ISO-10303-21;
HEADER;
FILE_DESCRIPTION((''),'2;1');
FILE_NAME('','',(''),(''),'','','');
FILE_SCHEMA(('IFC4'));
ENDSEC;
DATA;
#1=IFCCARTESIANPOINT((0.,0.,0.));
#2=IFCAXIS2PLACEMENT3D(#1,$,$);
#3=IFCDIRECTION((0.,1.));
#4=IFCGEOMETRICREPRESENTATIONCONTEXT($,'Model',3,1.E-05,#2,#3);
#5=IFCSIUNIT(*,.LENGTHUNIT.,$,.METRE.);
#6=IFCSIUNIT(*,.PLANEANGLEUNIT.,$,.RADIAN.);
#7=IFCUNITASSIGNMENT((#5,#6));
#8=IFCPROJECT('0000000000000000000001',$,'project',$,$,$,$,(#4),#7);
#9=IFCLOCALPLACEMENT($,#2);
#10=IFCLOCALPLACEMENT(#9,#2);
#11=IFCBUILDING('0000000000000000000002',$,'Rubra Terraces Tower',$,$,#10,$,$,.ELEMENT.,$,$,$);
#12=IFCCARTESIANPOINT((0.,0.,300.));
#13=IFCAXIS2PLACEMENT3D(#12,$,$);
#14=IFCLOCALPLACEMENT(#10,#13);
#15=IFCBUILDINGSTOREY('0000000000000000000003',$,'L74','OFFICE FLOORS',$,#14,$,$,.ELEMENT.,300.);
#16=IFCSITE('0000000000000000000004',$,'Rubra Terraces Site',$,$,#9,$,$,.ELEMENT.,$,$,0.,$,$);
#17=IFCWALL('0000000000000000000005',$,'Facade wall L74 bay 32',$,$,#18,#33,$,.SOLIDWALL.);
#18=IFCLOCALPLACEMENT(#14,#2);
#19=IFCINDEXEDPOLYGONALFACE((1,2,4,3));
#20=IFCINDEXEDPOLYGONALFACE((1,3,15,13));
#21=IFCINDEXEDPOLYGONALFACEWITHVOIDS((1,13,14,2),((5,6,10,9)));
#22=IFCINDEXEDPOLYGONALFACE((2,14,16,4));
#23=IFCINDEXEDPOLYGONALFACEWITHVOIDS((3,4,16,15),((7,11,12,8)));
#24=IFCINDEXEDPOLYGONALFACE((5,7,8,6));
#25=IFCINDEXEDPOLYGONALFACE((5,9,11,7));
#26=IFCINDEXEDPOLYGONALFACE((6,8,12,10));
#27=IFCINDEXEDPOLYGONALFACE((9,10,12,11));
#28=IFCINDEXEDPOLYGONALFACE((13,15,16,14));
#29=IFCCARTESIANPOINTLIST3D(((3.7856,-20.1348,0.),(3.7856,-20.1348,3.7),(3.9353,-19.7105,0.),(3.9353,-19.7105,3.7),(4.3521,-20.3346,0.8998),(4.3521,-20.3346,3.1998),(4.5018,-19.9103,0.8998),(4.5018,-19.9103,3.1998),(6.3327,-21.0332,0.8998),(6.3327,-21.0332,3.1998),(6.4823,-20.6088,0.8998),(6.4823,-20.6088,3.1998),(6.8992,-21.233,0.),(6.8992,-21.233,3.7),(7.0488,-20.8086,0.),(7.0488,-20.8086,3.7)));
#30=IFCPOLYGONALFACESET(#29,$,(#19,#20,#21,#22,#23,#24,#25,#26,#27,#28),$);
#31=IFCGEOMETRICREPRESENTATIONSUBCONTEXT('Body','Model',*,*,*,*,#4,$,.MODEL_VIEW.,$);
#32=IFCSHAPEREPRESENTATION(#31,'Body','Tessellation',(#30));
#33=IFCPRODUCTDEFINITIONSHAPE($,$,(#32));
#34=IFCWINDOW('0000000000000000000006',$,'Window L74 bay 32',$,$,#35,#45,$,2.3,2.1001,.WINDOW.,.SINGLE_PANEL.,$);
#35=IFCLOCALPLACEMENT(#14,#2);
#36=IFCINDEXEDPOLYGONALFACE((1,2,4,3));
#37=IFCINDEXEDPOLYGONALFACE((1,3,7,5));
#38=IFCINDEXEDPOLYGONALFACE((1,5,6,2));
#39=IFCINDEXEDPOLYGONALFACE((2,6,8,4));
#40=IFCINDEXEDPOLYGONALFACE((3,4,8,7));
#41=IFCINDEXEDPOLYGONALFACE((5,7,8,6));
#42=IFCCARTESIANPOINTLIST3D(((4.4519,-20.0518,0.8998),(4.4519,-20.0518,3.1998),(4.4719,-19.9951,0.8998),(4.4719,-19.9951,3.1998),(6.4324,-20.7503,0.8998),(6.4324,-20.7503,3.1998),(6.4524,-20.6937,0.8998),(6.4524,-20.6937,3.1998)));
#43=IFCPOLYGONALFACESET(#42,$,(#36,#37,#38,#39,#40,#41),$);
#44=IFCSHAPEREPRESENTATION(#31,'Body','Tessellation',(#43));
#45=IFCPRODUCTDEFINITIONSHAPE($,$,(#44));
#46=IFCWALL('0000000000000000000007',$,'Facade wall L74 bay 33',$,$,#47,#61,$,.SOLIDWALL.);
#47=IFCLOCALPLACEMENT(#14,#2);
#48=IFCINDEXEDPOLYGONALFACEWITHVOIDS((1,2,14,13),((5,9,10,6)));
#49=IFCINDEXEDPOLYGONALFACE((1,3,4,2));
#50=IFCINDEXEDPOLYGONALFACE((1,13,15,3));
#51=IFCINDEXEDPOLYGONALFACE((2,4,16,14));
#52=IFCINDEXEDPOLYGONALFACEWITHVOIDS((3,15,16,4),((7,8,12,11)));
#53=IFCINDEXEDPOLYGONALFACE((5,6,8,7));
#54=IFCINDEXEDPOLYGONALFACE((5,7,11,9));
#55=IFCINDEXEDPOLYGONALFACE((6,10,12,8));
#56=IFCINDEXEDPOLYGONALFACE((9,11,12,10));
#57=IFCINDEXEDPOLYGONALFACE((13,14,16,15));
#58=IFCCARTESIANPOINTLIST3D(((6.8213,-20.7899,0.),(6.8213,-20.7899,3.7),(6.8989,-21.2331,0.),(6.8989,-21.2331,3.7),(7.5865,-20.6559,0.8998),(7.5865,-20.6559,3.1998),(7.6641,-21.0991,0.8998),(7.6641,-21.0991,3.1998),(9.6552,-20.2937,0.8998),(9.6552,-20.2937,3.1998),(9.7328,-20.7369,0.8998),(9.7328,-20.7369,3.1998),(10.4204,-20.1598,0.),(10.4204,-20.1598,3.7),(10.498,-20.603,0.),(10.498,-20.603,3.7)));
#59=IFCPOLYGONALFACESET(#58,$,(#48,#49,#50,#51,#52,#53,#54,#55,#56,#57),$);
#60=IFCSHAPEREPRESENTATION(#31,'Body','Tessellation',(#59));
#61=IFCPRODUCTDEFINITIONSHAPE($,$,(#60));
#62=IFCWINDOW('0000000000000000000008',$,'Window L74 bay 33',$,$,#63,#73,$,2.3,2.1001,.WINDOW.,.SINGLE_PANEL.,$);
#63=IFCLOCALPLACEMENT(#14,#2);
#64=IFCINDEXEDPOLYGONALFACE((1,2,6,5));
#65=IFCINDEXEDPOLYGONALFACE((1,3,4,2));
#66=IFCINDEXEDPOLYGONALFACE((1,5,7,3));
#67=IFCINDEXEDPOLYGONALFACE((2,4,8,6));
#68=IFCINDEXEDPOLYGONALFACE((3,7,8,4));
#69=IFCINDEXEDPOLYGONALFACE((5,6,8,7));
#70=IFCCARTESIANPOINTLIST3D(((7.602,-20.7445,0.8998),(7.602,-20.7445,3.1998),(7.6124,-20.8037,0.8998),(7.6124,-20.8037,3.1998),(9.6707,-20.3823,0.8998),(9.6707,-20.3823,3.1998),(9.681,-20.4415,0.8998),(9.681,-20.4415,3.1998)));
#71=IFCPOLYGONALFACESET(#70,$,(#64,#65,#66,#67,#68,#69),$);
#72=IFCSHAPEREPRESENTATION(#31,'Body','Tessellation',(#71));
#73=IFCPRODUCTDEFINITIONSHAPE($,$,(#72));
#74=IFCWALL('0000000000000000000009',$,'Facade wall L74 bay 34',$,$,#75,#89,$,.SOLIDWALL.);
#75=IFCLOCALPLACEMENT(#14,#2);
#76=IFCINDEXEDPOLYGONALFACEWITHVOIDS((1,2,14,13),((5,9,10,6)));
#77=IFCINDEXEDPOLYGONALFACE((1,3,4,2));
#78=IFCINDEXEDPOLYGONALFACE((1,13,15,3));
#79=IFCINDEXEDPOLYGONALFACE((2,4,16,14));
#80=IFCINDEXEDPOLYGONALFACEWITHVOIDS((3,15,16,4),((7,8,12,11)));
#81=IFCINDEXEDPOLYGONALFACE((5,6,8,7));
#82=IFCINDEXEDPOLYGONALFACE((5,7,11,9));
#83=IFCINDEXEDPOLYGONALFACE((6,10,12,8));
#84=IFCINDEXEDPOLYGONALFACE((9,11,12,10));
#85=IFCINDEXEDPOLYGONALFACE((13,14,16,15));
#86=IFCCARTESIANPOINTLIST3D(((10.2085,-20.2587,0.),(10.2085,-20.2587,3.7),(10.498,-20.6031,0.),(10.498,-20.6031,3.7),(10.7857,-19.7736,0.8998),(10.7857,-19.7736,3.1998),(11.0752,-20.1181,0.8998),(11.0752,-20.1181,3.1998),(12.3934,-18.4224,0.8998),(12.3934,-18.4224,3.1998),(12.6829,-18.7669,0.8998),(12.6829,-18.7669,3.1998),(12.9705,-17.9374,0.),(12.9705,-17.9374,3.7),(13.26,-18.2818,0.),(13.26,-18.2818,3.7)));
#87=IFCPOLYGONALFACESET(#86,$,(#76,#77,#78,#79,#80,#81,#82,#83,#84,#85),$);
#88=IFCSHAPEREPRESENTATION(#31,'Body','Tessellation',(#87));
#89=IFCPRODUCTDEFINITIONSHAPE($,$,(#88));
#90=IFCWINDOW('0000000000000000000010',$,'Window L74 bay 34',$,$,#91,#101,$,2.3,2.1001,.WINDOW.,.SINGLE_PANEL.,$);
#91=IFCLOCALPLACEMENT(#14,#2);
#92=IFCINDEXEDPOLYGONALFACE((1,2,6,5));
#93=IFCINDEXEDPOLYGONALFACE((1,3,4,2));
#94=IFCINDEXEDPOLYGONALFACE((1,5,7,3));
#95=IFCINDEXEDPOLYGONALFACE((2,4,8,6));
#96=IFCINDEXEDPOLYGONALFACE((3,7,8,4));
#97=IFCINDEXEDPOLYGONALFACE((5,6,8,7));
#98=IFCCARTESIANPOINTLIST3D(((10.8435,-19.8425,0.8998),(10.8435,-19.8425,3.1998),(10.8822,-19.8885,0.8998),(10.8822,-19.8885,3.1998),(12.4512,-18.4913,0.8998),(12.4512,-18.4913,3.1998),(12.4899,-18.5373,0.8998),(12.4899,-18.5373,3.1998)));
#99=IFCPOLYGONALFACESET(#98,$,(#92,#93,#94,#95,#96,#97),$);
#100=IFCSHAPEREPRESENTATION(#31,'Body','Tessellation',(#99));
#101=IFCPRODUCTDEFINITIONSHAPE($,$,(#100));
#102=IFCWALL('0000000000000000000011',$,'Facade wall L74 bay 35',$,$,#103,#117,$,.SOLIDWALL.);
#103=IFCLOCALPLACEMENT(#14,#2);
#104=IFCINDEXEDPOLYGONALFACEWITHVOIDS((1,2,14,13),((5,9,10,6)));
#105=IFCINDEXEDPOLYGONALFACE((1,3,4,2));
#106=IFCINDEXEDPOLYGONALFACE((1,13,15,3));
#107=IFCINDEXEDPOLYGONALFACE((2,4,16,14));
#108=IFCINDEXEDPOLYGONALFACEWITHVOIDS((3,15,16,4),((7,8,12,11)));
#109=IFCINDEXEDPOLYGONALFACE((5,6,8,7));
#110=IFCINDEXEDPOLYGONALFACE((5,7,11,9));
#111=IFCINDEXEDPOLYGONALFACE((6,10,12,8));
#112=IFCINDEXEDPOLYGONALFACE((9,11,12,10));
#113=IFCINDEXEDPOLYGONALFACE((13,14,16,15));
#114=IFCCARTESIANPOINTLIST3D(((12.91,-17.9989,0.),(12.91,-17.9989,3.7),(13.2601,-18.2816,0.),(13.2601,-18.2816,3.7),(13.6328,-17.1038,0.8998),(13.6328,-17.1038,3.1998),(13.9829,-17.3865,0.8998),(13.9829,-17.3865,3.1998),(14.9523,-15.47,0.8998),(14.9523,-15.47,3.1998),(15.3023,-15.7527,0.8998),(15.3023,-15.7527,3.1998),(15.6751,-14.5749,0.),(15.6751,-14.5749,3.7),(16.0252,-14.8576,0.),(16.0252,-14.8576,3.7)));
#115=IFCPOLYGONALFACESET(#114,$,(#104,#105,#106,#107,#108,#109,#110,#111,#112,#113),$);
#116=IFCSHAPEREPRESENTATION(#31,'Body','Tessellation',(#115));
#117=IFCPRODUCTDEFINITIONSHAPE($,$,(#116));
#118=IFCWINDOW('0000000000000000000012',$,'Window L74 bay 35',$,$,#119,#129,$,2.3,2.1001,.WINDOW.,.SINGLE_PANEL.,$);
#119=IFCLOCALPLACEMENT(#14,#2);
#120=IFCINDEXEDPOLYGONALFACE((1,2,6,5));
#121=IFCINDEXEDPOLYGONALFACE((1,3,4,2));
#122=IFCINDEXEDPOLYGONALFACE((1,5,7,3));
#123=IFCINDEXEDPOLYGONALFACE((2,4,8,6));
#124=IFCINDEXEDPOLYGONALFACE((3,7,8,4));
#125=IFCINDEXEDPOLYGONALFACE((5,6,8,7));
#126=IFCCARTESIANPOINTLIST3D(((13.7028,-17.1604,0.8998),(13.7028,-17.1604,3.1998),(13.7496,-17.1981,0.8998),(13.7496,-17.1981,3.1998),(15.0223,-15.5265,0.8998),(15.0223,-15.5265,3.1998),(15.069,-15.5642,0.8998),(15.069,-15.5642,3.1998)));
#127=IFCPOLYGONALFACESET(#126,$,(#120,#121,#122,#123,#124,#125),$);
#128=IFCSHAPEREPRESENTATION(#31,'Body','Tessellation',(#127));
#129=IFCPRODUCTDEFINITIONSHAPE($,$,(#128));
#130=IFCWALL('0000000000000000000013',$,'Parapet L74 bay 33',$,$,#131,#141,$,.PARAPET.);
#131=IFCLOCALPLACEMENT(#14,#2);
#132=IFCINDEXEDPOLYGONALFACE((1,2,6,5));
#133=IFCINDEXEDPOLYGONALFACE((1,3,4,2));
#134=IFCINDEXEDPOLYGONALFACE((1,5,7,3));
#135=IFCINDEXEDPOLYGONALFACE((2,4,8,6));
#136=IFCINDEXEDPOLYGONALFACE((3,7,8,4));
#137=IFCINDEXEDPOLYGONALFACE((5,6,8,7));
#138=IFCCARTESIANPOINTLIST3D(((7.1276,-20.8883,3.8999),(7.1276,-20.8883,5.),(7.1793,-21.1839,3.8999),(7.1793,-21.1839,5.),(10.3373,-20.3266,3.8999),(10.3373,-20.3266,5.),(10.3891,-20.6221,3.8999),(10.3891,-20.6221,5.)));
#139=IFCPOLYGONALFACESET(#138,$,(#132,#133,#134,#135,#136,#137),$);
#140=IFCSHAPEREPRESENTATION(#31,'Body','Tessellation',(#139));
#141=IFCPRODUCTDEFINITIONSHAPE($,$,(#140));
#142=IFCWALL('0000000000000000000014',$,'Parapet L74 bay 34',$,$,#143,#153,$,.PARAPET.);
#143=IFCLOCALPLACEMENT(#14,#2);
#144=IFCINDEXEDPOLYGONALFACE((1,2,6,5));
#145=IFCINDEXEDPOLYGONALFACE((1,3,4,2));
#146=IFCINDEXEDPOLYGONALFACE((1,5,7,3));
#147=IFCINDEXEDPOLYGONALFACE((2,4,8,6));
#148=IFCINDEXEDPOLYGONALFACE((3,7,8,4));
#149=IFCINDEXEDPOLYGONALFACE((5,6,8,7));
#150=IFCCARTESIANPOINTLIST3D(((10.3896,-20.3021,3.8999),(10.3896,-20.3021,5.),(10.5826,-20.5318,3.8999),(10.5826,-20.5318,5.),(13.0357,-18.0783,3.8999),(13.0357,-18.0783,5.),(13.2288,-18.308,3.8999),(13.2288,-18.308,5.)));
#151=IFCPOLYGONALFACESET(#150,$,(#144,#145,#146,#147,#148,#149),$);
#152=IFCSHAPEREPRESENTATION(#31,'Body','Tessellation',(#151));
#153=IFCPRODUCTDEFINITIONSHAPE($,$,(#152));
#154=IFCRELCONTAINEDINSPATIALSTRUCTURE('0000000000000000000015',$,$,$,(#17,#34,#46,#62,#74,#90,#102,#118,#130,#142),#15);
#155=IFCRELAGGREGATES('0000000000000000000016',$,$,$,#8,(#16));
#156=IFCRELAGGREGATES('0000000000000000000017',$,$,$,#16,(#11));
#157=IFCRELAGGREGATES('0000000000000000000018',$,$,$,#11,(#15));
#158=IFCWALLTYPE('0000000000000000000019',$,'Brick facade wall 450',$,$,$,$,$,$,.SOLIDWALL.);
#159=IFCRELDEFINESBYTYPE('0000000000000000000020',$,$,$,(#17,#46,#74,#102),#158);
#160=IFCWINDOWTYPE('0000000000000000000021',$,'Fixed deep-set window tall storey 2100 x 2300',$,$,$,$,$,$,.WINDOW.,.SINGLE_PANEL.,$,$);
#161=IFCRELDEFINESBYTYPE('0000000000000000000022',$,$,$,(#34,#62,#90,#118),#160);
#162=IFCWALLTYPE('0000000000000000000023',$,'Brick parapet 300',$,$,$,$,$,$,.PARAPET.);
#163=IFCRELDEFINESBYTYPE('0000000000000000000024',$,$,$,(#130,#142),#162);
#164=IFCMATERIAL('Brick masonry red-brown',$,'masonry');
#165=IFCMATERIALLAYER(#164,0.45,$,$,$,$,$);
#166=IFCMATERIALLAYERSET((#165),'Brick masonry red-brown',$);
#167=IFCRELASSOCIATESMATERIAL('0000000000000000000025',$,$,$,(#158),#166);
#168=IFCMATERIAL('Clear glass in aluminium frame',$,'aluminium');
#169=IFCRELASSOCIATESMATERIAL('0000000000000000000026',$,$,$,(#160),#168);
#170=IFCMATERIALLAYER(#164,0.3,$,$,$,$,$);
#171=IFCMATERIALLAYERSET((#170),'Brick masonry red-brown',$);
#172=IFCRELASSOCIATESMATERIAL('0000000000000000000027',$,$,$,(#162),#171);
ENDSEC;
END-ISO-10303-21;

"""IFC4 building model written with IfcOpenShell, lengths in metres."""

from ifc_helpers import new_model, si_unit, direction, frame, frame_2d, origin, place, context, subcontext, project, spatial, rectangle, extrude, material, layer, layer_set, type_object, element, fill, save


model = new_model("IFC4")

# Units and contexts
model_context = context("Model", 3, precision=1e-05, world=origin(), true_north=direction((0.0, 1.0)))
body_context = subcontext(model_context, "Body", "Model", "MODEL_VIEW")
ifc_project = project(units=[si_unit("LENGTHUNIT", "METRE"), si_unit("PLANEANGLEUNIT", "RADIAN")], contexts=[model_context])

# Site, building, storey
site_placement = place(None, origin())
site = spatial("IfcSite", under=ifc_project, at=site_placement, Name="Rubra Terraces Site", CompositionType="ELEMENT", RefElevation=0.0)
building_placement = place(site_placement, origin())
building = spatial("IfcBuilding", under=site, at=building_placement, Name="Rubra Terraces Tower", CompositionType="ELEMENT")
storey_placement = place(building_placement, frame((0.0, 0.0, 300.0)))
storey = spatial("IfcBuildingStorey", under=building, at=storey_placement, Name="L74", Description="OFFICE FLOORS", CompositionType="ELEMENT", Elevation=300.0)

# Walls, openings, windows
ifc_material_1 = material(Name="Brick masonry red-brown", Category="masonry")
ifc_layer_1 = layer(ifc_material_1, 0.45)
ifc_layer_set_1 = layer_set([ifc_layer_1], Name="Brick masonry red-brown")
wall_type_1 = type_object("IfcWallType", Name="Brick facade wall 450", PredefinedType="SOLIDWALL", material=ifc_layer_set_1)
wall_1_placement = place(storey_placement, frame((3.8604, -19.9226, 0.0), z_axis=(0.0, 0.0, 1.0), x_axis=(0.943061, -0.332619, 0.0)))
wall_1 = element("IfcWall", 1, at=wall_1_placement, inside=storey, type_object=wall_type_1, Name="Facade wall L74 bay 32", PredefinedType="SOLIDWALL", context=body_context, shape_type="SweptSolid", body=[
    extrude(rectangle(XDim=3.3015, YDim=0.45, at=frame_2d((1.6509, 0.0))), origin(), (0.0, 0.0, 1.0), 3.7),
])
opening_1_placement = place(wall_1_placement, frame((0.6008, 0.0, 0.8999)))
opening_1 = element("IfcOpeningElement", 2, at=opening_1_placement, cuts=wall_1, PredefinedType="OPENING", context=body_context, shape_type="SweptSolid", body=[
    extrude(rectangle(XDim=2.1001, YDim=2.3, at=frame_2d((1.05, 1.1499))), frame((0.0, 0.2349, 0.0), z_axis=(0.0, -1.0, 0.0), x_axis=(1.0, 0.0, 0.0)), (0.0, 0.0, 1.0), 0.47),
])
ifc_material_2 = material(Name="Clear glass in aluminium frame", Category="aluminium")
window_type = type_object("IfcWindowType", Name="Fixed deep-set window tall storey 2100 x 2300", PartitioningType="SINGLE_PANEL", PredefinedType="WINDOW", material=ifc_material_2)
window_1_placement = place(opening_1_placement, origin())
window_1 = element("IfcWindow", 3, at=window_1_placement, inside=storey, type_object=window_type, Name="Window L74 bay 32", OverallHeight=2.3, OverallWidth=2.1001, PartitioningType="SINGLE_PANEL", PredefinedType="WINDOW", context=body_context, shape_type="SweptSolid", body=[
    extrude(rectangle(XDim=2.1001, YDim=2.3, at=frame_2d((1.05, 1.1499))), frame((0.0, 0.135, 0.0), z_axis=(0.0, -1.0, 0.0), x_axis=(1.0, 0.0, 0.0)), (0.0, 0.0, 1.0), 0.0601),
])
fill(opening_1, window_1)
wall_2_placement = place(storey_placement, frame((6.8601, -21.0115, 0.0), z_axis=(0.0, 0.0, 1.0), x_axis=(0.985017, 0.172455, 0.0)))
wall_2 = element("IfcWall", 4, at=wall_2_placement, inside=storey, type_object=wall_type_1, Name="Facade wall L74 bay 33", PredefinedType="SOLIDWALL", context=body_context, shape_type="SweptSolid", body=[
    extrude(rectangle(XDim=3.6538, YDim=0.45, at=frame_2d((1.8269, 0.0))), origin(), (0.0, 0.0, 1.0), 3.7),
])
opening_2_placement = place(wall_2_placement, frame((0.7769, 0.0, 0.8999)))
opening_2 = element("IfcOpeningElement", 5, at=opening_2_placement, cuts=wall_2, PredefinedType="OPENING", context=body_context, shape_type="SweptSolid", body=[
    extrude(rectangle(XDim=2.1001, YDim=2.3, at=frame_2d((1.05, 1.1499))), frame((0.0, 0.2349, 0.0), z_axis=(0.0, -1.0, 0.0), x_axis=(1.0, 0.0, 0.0)), (0.0, 0.0, 1.0), 0.47),
])
window_2_placement = place(opening_2_placement, origin())
window_2 = element("IfcWindow", 6, at=window_2_placement, inside=storey, type_object=window_type, Name="Window L74 bay 33", OverallHeight=2.3, OverallWidth=2.1001, PartitioningType="SINGLE_PANEL", PredefinedType="WINDOW", context=body_context, shape_type="SweptSolid", body=[
    extrude(rectangle(XDim=2.1001, YDim=2.3, at=frame_2d((1.05, 1.1499))), frame((0.0, 0.135, 0.0), z_axis=(0.0, -1.0, 0.0), x_axis=(1.0, 0.0, 0.0)), (0.0, 0.0, 1.0), 0.0601),
])
fill(opening_2, window_2)
wall_3_placement = place(storey_placement, frame((10.3533, -20.4309, 0.0), z_axis=(0.0, 0.0, 1.0), x_axis=(0.765536, 0.643394, 0.0)))
wall_3 = element("IfcWall", 7, at=wall_3_placement, inside=storey, type_object=wall_type_1, Name="Facade wall L74 bay 34", PredefinedType="SOLIDWALL", context=body_context, shape_type="SweptSolid", body=[
    extrude(rectangle(XDim=3.6079, YDim=0.45, at=frame_2d((1.804, 0.0))), origin(), (0.0, 0.0, 1.0), 3.7),
])
opening_3_placement = place(wall_3_placement, frame((0.7539, 0.0, 0.8999)))
opening_3 = element("IfcOpeningElement", 8, at=opening_3_placement, cuts=wall_3, PredefinedType="OPENING", context=body_context, shape_type="SweptSolid", body=[
    extrude(rectangle(XDim=2.1001, YDim=2.3, at=frame_2d((1.05, 1.1499))), frame((0.0, 0.2349, 0.0), z_axis=(0.0, -1.0, 0.0), x_axis=(1.0, 0.0, 0.0)), (0.0, 0.0, 1.0), 0.47),
])
window_3_placement = place(opening_3_placement, origin())
window_3 = element("IfcWindow", 9, at=window_3_placement, inside=storey, type_object=window_type, Name="Window L74 bay 34", OverallHeight=2.3, OverallWidth=2.1001, PartitioningType="SINGLE_PANEL", PredefinedType="WINDOW", context=body_context, shape_type="SweptSolid", body=[
    extrude(rectangle(XDim=2.1001, YDim=2.3, at=frame_2d((1.05, 1.1499))), frame((0.0, 0.135, 0.0), z_axis=(0.0, -1.0, 0.0), x_axis=(1.0, 0.0, 0.0)), (0.0, 0.0, 1.0), 0.0601),
])
fill(opening_3, window_3)
wall_4_placement = place(storey_placement, frame((13.085, -18.1404, 0.0), z_axis=(0.0, 0.0, 1.0), x_axis=(0.628274, 0.777992, 0.0)))
wall_4 = element("IfcWall", 10, at=wall_4_placement, inside=storey, type_object=wall_type_1, Name="Facade wall L74 bay 35", PredefinedType="SOLIDWALL", context=body_context, shape_type="SweptSolid", body=[
    extrude(rectangle(XDim=4.4011, YDim=0.45, at=frame_2d((2.2007, 0.0))), origin(), (0.0, 0.0, 1.0), 3.7),
])
opening_4_placement = place(wall_4_placement, frame((1.1506, 0.0, 0.8999)))
opening_4 = element("IfcOpeningElement", 11, at=opening_4_placement, cuts=wall_4, PredefinedType="OPENING", context=body_context, shape_type="SweptSolid", body=[
    extrude(rectangle(XDim=2.1001, YDim=2.3, at=frame_2d((1.05, 1.1499))), frame((0.0, 0.2349, 0.0), z_axis=(0.0, -1.0, 0.0), x_axis=(1.0, 0.0, 0.0)), (0.0, 0.0, 1.0), 0.47),
])
window_4_placement = place(opening_4_placement, origin())
window_4 = element("IfcWindow", 12, at=window_4_placement, inside=storey, type_object=window_type, Name="Window L74 bay 35", OverallHeight=2.3, OverallWidth=2.1001, PartitioningType="SINGLE_PANEL", PredefinedType="WINDOW", context=body_context, shape_type="SweptSolid", body=[
    extrude(rectangle(XDim=2.1001, YDim=2.3, at=frame_2d((1.05, 1.1499))), frame((0.0, 0.135, 0.0), z_axis=(0.0, -1.0, 0.0), x_axis=(1.0, 0.0, 0.0)), (0.0, 0.0, 1.0), 0.0601),
])
fill(opening_4, window_4)

# Walls
ifc_layer_2 = layer(ifc_material_1, 0.3)
ifc_layer_set_2 = layer_set([ifc_layer_2], Name="Brick masonry red-brown")
wall_type_2 = type_object("IfcWallType", Name="Brick parapet 300", PredefinedType="PARAPET", material=ifc_layer_set_2)
wall_5_placement = place(storey_placement, frame((7.1533, -21.0361, 3.8999), z_axis=(0.0, 0.0, 1.0), x_axis=(0.985027, 0.1724, 0.0)))
element("IfcWall", 13, at=wall_5_placement, inside=storey, type_object=wall_type_2, Name="Parapet L74 bay 33", PredefinedType="PARAPET", context=body_context, shape_type="SweptSolid", body=[
    extrude(rectangle(XDim=3.2585, YDim=0.3, at=frame_2d((1.6294, 0.0))), origin(), (0.0, 0.0, 1.0), 1.1001),
])
wall_6_placement = place(storey_placement, frame((10.4861, -20.417, 3.8999), z_axis=(0.0, 0.0, 1.0), x_axis=(0.765557, 0.643368, 0.0)))
element("IfcWall", 14, at=wall_6_placement, inside=storey, type_object=wall_type_2, Name="Parapet L74 bay 34", PredefinedType="PARAPET", context=body_context, shape_type="SweptSolid", body=[
    extrude(rectangle(XDim=3.4565, YDim=0.3, at=frame_2d((1.7283, 0.0))), origin(), (0.0, 0.0, 1.0), 1.1001),
])

save(model, "model.ifc")
